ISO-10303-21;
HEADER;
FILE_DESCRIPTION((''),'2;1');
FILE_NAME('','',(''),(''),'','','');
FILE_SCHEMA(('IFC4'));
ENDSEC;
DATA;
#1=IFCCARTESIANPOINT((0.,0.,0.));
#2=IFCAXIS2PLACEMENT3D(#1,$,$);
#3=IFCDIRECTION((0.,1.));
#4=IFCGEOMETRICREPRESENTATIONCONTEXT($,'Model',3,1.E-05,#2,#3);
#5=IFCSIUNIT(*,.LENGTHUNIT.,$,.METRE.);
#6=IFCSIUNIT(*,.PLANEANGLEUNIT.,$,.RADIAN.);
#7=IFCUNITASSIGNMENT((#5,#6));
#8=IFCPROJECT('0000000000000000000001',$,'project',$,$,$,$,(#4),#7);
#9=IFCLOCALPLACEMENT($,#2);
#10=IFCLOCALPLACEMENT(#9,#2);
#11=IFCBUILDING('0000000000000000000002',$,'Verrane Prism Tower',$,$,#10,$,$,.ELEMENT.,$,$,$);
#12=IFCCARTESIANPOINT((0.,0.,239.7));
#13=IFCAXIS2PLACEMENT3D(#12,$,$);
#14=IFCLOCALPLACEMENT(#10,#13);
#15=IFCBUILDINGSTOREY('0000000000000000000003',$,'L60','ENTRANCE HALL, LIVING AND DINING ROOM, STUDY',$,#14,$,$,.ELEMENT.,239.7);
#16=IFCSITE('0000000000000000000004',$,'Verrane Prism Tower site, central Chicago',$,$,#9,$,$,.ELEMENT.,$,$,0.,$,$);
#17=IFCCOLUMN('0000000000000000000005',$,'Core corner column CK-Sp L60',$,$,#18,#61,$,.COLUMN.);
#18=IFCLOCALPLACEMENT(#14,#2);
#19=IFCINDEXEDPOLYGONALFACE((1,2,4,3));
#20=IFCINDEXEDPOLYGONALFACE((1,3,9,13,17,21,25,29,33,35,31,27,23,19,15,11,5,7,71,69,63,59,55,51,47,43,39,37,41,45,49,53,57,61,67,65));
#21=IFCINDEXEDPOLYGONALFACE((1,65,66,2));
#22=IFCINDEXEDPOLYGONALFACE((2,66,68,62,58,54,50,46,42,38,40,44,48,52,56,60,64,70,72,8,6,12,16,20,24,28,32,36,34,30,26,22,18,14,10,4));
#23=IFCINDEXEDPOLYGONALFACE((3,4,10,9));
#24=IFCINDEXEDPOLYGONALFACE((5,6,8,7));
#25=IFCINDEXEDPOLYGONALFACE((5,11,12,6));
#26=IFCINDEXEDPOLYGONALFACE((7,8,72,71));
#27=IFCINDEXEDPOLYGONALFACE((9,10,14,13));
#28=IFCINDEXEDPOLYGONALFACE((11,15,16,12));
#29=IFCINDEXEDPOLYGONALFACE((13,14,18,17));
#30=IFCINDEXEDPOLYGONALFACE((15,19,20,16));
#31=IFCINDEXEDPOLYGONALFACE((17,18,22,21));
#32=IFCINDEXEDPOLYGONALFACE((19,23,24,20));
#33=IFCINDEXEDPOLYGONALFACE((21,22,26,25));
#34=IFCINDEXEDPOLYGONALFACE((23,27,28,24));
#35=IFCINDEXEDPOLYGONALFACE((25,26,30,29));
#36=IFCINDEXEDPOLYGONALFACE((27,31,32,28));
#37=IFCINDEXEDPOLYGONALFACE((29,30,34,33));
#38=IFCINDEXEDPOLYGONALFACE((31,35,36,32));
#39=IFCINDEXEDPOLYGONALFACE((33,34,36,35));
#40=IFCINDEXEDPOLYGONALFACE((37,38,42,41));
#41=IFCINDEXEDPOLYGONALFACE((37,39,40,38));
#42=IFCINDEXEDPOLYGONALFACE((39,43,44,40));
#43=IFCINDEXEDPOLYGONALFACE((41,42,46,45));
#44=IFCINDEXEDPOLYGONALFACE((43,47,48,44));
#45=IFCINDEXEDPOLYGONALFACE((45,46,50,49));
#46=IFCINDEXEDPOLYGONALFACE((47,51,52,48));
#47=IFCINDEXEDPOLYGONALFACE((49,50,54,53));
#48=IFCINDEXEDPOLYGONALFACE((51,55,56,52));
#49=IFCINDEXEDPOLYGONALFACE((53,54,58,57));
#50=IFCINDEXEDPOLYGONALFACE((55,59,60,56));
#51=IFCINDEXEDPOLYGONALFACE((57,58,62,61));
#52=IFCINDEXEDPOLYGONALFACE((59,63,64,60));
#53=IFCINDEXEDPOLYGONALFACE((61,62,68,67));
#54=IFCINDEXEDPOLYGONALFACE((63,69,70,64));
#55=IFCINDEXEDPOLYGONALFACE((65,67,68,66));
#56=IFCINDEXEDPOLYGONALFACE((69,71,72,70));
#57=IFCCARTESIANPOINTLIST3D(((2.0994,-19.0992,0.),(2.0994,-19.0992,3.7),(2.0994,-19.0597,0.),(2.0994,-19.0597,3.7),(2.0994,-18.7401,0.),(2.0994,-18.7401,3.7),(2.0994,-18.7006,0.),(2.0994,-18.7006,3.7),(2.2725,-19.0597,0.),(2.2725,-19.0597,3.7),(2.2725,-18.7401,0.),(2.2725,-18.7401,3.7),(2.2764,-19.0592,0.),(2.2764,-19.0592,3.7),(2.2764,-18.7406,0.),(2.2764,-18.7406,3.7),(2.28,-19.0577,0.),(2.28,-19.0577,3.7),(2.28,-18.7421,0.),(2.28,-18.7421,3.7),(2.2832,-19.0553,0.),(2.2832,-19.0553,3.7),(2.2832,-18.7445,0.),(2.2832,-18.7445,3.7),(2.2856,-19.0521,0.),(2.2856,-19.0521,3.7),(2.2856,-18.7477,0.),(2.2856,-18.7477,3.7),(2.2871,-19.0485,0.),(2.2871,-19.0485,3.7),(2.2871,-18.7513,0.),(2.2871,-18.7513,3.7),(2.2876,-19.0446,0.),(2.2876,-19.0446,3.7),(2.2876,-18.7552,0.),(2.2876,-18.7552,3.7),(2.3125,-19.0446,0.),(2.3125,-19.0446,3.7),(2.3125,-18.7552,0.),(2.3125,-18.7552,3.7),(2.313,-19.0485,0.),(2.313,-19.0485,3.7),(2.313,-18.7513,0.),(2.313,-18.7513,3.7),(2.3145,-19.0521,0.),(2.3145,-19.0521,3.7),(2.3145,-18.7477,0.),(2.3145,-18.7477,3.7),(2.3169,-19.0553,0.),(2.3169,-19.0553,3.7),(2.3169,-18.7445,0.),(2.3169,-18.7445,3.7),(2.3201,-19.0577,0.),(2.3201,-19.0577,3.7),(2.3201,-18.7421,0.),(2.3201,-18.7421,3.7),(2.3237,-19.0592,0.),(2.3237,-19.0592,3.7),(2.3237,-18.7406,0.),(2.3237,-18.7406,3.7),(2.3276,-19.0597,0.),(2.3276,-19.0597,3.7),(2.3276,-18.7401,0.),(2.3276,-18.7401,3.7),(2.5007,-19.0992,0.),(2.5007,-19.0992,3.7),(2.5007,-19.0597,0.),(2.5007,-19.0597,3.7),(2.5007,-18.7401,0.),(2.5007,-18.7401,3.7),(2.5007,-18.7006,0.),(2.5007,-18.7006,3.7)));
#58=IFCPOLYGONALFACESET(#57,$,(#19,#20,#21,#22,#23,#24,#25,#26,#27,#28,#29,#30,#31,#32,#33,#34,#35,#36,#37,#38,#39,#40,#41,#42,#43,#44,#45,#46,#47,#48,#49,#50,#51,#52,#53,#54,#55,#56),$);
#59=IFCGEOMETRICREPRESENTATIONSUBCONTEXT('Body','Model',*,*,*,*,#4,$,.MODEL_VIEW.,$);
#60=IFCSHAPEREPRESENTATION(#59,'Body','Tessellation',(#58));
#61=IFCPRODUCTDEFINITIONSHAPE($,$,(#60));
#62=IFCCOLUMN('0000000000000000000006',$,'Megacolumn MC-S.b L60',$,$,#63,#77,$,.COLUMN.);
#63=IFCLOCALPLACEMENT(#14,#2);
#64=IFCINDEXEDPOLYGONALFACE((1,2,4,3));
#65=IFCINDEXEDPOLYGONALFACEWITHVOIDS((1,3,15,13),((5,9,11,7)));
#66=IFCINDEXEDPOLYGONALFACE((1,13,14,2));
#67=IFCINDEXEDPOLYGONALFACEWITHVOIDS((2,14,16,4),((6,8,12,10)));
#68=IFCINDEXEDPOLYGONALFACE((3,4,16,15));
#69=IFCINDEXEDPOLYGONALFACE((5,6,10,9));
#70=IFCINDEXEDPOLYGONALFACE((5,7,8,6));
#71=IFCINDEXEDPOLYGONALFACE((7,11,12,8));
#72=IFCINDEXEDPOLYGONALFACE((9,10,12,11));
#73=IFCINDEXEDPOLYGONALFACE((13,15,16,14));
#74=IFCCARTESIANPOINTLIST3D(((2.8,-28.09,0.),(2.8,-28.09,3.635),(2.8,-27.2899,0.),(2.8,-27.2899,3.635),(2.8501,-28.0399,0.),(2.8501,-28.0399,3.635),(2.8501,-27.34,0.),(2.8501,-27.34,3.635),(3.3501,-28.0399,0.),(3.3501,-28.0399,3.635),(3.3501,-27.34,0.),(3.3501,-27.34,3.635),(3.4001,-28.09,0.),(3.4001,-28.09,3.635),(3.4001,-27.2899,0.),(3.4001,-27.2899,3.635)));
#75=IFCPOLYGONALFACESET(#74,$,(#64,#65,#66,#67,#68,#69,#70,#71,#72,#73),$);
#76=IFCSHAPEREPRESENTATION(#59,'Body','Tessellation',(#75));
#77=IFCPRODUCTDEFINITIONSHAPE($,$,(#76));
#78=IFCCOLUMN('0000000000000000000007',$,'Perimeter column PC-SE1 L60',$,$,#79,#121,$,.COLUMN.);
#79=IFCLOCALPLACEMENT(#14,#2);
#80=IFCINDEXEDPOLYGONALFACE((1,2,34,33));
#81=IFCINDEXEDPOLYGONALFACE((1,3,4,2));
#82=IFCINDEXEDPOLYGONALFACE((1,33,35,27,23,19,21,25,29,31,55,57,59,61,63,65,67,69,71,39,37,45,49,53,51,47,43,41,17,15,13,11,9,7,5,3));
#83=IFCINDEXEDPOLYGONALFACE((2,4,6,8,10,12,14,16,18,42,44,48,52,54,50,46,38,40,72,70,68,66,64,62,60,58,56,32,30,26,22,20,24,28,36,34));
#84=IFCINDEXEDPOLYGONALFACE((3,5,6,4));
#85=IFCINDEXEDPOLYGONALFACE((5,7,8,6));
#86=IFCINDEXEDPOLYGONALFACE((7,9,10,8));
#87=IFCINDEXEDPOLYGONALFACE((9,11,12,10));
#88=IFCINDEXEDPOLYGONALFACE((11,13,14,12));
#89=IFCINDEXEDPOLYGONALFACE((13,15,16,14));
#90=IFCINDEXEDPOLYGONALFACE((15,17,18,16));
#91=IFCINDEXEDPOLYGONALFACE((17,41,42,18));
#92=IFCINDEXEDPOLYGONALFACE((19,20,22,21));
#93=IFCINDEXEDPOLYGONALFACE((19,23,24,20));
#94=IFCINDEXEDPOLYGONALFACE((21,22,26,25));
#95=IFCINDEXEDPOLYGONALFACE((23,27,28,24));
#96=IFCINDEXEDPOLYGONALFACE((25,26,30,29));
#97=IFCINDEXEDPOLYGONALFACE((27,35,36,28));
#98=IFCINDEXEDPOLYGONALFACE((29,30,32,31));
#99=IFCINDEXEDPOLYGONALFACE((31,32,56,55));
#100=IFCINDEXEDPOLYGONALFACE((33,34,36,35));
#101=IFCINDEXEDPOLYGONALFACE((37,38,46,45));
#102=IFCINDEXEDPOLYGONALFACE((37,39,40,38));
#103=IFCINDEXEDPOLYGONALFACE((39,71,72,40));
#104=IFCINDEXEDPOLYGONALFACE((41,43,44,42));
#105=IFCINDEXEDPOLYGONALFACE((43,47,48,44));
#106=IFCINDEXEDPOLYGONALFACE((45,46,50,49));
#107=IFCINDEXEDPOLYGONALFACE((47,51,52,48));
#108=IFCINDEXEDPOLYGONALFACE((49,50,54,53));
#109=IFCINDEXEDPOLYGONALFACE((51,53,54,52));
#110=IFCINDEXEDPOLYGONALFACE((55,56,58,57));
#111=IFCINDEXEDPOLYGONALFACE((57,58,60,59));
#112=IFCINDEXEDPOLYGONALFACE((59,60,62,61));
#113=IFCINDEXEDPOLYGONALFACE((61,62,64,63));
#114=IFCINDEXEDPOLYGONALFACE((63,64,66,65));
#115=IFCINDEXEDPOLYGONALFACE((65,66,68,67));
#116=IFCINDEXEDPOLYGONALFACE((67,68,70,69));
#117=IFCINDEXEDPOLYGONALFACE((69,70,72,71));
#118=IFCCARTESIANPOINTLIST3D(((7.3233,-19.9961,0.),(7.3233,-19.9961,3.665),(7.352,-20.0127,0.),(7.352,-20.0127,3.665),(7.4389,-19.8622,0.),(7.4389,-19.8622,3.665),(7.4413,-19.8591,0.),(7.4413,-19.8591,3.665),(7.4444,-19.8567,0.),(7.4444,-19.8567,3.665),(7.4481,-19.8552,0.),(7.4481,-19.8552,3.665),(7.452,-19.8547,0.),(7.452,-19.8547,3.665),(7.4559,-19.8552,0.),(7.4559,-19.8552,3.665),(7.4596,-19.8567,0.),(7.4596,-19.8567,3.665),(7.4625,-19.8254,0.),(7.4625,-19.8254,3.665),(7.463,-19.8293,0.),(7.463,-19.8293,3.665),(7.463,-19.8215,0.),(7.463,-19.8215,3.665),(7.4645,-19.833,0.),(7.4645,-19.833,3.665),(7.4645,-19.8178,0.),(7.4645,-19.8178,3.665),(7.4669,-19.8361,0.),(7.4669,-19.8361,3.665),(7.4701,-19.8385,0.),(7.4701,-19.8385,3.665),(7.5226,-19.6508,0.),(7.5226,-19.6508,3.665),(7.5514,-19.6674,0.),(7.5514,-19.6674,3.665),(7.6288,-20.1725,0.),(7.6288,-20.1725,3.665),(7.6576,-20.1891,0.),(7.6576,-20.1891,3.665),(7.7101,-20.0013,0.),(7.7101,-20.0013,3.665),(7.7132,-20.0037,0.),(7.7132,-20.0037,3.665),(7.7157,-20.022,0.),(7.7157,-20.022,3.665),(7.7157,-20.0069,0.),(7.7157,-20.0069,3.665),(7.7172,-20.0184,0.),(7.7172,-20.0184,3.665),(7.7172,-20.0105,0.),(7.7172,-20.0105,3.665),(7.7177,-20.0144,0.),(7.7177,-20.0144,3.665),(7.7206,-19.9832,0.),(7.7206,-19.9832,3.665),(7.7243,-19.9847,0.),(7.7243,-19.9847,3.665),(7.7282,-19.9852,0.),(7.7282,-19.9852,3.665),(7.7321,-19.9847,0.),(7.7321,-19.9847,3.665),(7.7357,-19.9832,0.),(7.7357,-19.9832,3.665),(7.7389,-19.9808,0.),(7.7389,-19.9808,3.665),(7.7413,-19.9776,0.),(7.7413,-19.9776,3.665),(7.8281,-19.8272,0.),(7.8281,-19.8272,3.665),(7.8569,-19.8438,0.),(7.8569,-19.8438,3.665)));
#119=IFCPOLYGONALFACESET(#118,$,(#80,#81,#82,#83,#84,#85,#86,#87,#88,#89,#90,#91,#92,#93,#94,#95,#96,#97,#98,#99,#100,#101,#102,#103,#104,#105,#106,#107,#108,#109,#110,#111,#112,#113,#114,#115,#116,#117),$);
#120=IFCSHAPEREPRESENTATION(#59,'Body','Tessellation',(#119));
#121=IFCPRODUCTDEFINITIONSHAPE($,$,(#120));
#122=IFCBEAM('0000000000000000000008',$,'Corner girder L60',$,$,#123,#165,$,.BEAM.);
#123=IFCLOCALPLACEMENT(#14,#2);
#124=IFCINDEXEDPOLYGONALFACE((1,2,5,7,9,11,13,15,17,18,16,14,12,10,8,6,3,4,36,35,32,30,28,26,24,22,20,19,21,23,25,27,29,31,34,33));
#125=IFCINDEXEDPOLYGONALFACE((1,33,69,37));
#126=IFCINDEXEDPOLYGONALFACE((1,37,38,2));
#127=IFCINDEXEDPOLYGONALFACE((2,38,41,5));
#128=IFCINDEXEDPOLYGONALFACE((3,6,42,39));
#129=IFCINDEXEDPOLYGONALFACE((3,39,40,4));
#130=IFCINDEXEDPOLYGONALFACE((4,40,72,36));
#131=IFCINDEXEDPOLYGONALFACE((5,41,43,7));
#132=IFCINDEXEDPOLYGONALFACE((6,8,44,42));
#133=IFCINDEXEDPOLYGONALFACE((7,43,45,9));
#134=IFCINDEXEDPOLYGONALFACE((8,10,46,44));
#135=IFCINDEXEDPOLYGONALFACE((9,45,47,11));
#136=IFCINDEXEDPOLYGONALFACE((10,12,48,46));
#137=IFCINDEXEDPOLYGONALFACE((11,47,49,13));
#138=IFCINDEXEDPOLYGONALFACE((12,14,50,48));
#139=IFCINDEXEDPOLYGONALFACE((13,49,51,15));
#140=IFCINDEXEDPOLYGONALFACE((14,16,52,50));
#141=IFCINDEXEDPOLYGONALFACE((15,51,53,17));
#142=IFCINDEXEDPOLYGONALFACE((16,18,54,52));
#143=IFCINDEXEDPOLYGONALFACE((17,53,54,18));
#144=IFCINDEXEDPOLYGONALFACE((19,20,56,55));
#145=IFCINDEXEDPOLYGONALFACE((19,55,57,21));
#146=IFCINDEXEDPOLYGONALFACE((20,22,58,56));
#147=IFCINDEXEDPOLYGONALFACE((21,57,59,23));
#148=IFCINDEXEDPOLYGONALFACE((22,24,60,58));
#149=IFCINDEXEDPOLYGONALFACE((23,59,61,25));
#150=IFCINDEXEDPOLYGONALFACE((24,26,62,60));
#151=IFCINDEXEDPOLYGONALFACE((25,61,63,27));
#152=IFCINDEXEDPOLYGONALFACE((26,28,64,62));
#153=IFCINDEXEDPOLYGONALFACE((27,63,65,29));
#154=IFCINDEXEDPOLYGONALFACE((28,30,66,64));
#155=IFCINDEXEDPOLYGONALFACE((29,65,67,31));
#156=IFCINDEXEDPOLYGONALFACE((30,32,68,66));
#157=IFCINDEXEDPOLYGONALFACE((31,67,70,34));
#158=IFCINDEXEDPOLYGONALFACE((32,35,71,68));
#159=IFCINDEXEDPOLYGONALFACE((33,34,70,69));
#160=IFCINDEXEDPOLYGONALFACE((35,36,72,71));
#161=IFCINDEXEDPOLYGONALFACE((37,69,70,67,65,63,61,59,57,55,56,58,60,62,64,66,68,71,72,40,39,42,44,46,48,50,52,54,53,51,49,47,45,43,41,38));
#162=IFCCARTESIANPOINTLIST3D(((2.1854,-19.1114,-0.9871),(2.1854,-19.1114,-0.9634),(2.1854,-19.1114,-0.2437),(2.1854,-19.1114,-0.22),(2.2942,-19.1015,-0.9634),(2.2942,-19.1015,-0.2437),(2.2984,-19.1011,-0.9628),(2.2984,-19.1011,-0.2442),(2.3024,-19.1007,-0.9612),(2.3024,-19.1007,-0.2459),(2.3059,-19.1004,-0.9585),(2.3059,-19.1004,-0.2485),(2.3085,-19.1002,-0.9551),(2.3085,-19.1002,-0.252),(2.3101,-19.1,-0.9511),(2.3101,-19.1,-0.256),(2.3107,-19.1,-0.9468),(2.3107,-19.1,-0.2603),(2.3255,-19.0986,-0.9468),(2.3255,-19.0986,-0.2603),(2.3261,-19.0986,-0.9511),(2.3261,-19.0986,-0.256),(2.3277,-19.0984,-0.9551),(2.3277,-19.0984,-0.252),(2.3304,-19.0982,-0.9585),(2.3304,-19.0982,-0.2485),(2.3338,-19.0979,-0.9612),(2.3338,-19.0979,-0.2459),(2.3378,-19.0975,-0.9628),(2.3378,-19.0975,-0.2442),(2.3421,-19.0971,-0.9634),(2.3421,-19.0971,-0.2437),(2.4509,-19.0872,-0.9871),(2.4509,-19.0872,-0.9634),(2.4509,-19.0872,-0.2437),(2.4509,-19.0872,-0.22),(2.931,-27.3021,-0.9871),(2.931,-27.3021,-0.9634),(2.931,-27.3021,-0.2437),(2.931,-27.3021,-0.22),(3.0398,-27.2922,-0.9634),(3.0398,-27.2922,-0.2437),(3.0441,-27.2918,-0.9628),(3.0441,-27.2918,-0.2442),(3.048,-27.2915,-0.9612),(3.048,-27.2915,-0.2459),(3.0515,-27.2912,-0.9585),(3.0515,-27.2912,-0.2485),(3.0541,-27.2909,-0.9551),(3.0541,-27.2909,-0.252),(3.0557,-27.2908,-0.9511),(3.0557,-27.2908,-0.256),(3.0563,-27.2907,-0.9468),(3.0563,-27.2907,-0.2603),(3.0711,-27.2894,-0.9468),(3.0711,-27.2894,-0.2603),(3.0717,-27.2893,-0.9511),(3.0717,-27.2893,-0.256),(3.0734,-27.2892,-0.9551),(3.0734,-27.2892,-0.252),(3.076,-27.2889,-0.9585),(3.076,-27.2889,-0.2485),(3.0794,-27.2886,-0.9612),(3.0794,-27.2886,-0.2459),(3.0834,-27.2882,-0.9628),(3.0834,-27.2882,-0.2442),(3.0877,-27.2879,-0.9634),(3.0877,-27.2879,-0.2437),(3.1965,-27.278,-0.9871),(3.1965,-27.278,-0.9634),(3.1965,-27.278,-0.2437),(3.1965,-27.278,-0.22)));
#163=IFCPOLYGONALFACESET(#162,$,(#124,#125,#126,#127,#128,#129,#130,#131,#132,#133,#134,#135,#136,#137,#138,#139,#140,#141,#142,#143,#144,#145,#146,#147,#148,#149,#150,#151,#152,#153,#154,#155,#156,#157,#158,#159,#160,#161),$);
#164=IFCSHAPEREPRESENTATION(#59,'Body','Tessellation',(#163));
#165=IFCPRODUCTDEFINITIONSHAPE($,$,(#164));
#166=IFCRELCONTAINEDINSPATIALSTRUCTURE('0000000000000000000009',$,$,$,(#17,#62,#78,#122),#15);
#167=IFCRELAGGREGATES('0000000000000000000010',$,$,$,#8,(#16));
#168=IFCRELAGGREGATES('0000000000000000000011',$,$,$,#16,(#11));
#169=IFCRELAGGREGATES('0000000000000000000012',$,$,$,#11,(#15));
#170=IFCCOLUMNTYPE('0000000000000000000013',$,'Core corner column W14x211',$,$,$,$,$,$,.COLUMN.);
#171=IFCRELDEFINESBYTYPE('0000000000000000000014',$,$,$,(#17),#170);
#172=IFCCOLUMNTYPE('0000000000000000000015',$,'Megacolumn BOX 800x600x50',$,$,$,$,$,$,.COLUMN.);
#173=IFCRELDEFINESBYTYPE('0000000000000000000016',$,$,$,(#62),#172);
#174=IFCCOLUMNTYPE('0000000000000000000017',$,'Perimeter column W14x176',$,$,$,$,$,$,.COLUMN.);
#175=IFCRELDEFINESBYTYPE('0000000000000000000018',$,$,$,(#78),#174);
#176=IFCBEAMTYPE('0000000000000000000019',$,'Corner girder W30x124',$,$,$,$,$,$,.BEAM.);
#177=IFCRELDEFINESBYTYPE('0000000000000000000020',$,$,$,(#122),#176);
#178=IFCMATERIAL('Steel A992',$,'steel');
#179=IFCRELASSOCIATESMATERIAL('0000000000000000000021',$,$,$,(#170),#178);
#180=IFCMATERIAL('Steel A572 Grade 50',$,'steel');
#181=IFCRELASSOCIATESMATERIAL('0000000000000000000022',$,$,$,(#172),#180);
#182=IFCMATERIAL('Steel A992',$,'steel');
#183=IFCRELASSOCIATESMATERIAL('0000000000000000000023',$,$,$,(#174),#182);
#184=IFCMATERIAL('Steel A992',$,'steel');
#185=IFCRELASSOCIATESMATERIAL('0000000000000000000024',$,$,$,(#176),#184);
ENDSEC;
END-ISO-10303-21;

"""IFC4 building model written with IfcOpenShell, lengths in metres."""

from ifc_helpers import new_model, si_unit, direction, frame, origin, origin_2d, place, context, subcontext, project, spatial, hollow_rectangle, i_section, extrude, material, material_profile, profile_set, type_object, element, save


model = new_model("IFC4")

# Units and contexts
model_context = context("Model", 3, precision=1e-05, world=origin(), true_north=direction((0.0, 1.0)))
body_context = subcontext(model_context, "Body", "Model", "MODEL_VIEW")
ifc_project = project(units=[si_unit("LENGTHUNIT", "METRE"), si_unit("PLANEANGLEUNIT", "RADIAN")], contexts=[model_context])

# Site, building, storey
site_placement = place(None, origin())
site = spatial("IfcSite", under=ifc_project, at=site_placement, Name="Verrane Prism Tower site, central Chicago", CompositionType="ELEMENT", RefElevation=0.0)
building_placement = place(site_placement, origin())
building = spatial("IfcBuilding", under=site, at=building_placement, Name="Verrane Prism Tower", CompositionType="ELEMENT")
storey_placement = place(building_placement, frame((0.0, 0.0, 239.7)))
storey = spatial("IfcBuildingStorey", under=building, at=storey_placement, Name="L60", Description="ENTRANCE HALL, LIVING AND DINING ROOM, STUDY", CompositionType="ELEMENT", Elevation=239.7)

# Columns
ifc_material_1 = material(Name="Steel A992", Category="steel")
ifc_material_profile_1 = material_profile(ifc_material_1, i_section(OverallWidth=0.4014, OverallDepth=0.3987, WebThickness=0.0249, FlangeThickness=0.0396, FilletRadius=0.0151, at=origin_2d()), Name="W14x211")
ifc_profile_set_1 = profile_set([ifc_material_profile_1], Name="Steel A992")
column_type_1 = type_object("IfcColumnType", Name="Core corner column W14x211", PredefinedType="COLUMN", material=ifc_profile_set_1)
column_1_placement = place(storey_placement, frame((2.3, -18.8999, 0.0), z_axis=(0.0, 0.0, 1.0), x_axis=(-1.0, 0.0, 0.0)))
element("IfcColumn", 1, at=column_1_placement, inside=storey, type_object=column_type_1, Name="Core corner column CK-Sp L60", PredefinedType="COLUMN", context=body_context, shape_type="SweptSolid", body=[
    extrude(i_section(OverallWidth=0.4014, OverallDepth=0.3987, WebThickness=0.0249, FlangeThickness=0.0396, FilletRadius=0.0151, at=origin_2d()), origin(), (0.0, 0.0, 1.0), 3.7),
])
ifc_material_2 = material(Name="Steel A572 Grade 50", Category="steel")
ifc_material_profile_2 = material_profile(ifc_material_2, hollow_rectangle(XDim=0.6001, YDim=0.8, WallThickness=0.05, at=origin_2d()), Name="BOX 800x600x50")
ifc_profile_set_2 = profile_set([ifc_material_profile_2], Name="Steel A572 Grade 50")
column_type_2 = type_object("IfcColumnType", Name="Megacolumn BOX 800x600x50", PredefinedType="COLUMN", material=ifc_profile_set_2)
column_2_placement = place(storey_placement, frame((3.1001, -27.6899, 0.0), z_axis=(0.0, 0.0, 1.0), x_axis=(-1.0, 0.0, 0.0)))
element("IfcColumn", 2, at=column_2_placement, inside=storey, type_object=column_type_2, Name="Megacolumn MC-S.b L60", PredefinedType="COLUMN", context=body_context, shape_type="SweptSolid", body=[
    extrude(hollow_rectangle(XDim=0.6001, YDim=0.8, WallThickness=0.05, at=origin_2d()), origin(), (0.0, 0.0, 1.0), 3.635),
])
ifc_material_3 = material(Name="Steel A992", Category="steel")
ifc_material_profile_3 = material_profile(ifc_material_3, i_section(OverallWidth=0.3987, OverallDepth=0.386, WebThickness=0.021, FlangeThickness=0.0332, FilletRadius=0.0151, at=origin_2d()), Name="W14x176")
ifc_profile_set_3 = profile_set([ifc_material_profile_3], Name="Steel A992")
column_type_3 = type_object("IfcColumnType", Name="Perimeter column W14x176", PredefinedType="COLUMN", material=ifc_profile_set_3)
column_3_placement = place(storey_placement, frame((7.5901, -19.9199, 0.0), z_axis=(0.0, 0.0, 1.0), x_axis=(-0.5, -0.866025, 0.0)))
element("IfcColumn", 3, at=column_3_placement, inside=storey, type_object=column_type_3, Name="Perimeter column PC-SE1 L60", PredefinedType="COLUMN", context=body_context, shape_type="SweptSolid", body=[
    extrude(i_section(OverallWidth=0.3987, OverallDepth=0.386, WebThickness=0.021, FlangeThickness=0.0332, FilletRadius=0.0151, at=origin_2d()), origin(), (0.0, 0.0, 1.0), 3.665),
])

# Beam
ifc_material_4 = material(Name="Steel A992", Category="steel")
ifc_material_profile_4 = material_profile(ifc_material_4, i_section(OverallWidth=0.2666, OverallDepth=0.7671, WebThickness=0.0149, FlangeThickness=0.0237, FilletRadius=0.0166, at=origin_2d()), Name="W30x124")
ifc_profile_set_4 = profile_set([ifc_material_profile_4], Name="Steel A992")
beam_type_1 = type_object("IfcBeamType", Name="Corner girder W30x124", PredefinedType="BEAM", material=ifc_profile_set_4)
beam_1_placement = place(storey_placement, frame((3.0637, -27.29, -0.6035), z_axis=(-0.090656, 0.995882, 0.0), x_axis=(-0.995882, -0.090656, 0.0)))
element("IfcBeam", 4, at=beam_1_placement, inside=storey, type_object=beam_type_1, Name="Corner girder L60", PredefinedType="BEAM", context=body_context, shape_type="SweptSolid", body=[
    extrude(i_section(OverallWidth=0.2666, OverallDepth=0.7671, WebThickness=0.0149, FlangeThickness=0.0237, FilletRadius=0.0166, at=origin_2d()), origin(), (0.0, 0.0, 1.0), 8.2246),
])

save(model, "model.ifc")
